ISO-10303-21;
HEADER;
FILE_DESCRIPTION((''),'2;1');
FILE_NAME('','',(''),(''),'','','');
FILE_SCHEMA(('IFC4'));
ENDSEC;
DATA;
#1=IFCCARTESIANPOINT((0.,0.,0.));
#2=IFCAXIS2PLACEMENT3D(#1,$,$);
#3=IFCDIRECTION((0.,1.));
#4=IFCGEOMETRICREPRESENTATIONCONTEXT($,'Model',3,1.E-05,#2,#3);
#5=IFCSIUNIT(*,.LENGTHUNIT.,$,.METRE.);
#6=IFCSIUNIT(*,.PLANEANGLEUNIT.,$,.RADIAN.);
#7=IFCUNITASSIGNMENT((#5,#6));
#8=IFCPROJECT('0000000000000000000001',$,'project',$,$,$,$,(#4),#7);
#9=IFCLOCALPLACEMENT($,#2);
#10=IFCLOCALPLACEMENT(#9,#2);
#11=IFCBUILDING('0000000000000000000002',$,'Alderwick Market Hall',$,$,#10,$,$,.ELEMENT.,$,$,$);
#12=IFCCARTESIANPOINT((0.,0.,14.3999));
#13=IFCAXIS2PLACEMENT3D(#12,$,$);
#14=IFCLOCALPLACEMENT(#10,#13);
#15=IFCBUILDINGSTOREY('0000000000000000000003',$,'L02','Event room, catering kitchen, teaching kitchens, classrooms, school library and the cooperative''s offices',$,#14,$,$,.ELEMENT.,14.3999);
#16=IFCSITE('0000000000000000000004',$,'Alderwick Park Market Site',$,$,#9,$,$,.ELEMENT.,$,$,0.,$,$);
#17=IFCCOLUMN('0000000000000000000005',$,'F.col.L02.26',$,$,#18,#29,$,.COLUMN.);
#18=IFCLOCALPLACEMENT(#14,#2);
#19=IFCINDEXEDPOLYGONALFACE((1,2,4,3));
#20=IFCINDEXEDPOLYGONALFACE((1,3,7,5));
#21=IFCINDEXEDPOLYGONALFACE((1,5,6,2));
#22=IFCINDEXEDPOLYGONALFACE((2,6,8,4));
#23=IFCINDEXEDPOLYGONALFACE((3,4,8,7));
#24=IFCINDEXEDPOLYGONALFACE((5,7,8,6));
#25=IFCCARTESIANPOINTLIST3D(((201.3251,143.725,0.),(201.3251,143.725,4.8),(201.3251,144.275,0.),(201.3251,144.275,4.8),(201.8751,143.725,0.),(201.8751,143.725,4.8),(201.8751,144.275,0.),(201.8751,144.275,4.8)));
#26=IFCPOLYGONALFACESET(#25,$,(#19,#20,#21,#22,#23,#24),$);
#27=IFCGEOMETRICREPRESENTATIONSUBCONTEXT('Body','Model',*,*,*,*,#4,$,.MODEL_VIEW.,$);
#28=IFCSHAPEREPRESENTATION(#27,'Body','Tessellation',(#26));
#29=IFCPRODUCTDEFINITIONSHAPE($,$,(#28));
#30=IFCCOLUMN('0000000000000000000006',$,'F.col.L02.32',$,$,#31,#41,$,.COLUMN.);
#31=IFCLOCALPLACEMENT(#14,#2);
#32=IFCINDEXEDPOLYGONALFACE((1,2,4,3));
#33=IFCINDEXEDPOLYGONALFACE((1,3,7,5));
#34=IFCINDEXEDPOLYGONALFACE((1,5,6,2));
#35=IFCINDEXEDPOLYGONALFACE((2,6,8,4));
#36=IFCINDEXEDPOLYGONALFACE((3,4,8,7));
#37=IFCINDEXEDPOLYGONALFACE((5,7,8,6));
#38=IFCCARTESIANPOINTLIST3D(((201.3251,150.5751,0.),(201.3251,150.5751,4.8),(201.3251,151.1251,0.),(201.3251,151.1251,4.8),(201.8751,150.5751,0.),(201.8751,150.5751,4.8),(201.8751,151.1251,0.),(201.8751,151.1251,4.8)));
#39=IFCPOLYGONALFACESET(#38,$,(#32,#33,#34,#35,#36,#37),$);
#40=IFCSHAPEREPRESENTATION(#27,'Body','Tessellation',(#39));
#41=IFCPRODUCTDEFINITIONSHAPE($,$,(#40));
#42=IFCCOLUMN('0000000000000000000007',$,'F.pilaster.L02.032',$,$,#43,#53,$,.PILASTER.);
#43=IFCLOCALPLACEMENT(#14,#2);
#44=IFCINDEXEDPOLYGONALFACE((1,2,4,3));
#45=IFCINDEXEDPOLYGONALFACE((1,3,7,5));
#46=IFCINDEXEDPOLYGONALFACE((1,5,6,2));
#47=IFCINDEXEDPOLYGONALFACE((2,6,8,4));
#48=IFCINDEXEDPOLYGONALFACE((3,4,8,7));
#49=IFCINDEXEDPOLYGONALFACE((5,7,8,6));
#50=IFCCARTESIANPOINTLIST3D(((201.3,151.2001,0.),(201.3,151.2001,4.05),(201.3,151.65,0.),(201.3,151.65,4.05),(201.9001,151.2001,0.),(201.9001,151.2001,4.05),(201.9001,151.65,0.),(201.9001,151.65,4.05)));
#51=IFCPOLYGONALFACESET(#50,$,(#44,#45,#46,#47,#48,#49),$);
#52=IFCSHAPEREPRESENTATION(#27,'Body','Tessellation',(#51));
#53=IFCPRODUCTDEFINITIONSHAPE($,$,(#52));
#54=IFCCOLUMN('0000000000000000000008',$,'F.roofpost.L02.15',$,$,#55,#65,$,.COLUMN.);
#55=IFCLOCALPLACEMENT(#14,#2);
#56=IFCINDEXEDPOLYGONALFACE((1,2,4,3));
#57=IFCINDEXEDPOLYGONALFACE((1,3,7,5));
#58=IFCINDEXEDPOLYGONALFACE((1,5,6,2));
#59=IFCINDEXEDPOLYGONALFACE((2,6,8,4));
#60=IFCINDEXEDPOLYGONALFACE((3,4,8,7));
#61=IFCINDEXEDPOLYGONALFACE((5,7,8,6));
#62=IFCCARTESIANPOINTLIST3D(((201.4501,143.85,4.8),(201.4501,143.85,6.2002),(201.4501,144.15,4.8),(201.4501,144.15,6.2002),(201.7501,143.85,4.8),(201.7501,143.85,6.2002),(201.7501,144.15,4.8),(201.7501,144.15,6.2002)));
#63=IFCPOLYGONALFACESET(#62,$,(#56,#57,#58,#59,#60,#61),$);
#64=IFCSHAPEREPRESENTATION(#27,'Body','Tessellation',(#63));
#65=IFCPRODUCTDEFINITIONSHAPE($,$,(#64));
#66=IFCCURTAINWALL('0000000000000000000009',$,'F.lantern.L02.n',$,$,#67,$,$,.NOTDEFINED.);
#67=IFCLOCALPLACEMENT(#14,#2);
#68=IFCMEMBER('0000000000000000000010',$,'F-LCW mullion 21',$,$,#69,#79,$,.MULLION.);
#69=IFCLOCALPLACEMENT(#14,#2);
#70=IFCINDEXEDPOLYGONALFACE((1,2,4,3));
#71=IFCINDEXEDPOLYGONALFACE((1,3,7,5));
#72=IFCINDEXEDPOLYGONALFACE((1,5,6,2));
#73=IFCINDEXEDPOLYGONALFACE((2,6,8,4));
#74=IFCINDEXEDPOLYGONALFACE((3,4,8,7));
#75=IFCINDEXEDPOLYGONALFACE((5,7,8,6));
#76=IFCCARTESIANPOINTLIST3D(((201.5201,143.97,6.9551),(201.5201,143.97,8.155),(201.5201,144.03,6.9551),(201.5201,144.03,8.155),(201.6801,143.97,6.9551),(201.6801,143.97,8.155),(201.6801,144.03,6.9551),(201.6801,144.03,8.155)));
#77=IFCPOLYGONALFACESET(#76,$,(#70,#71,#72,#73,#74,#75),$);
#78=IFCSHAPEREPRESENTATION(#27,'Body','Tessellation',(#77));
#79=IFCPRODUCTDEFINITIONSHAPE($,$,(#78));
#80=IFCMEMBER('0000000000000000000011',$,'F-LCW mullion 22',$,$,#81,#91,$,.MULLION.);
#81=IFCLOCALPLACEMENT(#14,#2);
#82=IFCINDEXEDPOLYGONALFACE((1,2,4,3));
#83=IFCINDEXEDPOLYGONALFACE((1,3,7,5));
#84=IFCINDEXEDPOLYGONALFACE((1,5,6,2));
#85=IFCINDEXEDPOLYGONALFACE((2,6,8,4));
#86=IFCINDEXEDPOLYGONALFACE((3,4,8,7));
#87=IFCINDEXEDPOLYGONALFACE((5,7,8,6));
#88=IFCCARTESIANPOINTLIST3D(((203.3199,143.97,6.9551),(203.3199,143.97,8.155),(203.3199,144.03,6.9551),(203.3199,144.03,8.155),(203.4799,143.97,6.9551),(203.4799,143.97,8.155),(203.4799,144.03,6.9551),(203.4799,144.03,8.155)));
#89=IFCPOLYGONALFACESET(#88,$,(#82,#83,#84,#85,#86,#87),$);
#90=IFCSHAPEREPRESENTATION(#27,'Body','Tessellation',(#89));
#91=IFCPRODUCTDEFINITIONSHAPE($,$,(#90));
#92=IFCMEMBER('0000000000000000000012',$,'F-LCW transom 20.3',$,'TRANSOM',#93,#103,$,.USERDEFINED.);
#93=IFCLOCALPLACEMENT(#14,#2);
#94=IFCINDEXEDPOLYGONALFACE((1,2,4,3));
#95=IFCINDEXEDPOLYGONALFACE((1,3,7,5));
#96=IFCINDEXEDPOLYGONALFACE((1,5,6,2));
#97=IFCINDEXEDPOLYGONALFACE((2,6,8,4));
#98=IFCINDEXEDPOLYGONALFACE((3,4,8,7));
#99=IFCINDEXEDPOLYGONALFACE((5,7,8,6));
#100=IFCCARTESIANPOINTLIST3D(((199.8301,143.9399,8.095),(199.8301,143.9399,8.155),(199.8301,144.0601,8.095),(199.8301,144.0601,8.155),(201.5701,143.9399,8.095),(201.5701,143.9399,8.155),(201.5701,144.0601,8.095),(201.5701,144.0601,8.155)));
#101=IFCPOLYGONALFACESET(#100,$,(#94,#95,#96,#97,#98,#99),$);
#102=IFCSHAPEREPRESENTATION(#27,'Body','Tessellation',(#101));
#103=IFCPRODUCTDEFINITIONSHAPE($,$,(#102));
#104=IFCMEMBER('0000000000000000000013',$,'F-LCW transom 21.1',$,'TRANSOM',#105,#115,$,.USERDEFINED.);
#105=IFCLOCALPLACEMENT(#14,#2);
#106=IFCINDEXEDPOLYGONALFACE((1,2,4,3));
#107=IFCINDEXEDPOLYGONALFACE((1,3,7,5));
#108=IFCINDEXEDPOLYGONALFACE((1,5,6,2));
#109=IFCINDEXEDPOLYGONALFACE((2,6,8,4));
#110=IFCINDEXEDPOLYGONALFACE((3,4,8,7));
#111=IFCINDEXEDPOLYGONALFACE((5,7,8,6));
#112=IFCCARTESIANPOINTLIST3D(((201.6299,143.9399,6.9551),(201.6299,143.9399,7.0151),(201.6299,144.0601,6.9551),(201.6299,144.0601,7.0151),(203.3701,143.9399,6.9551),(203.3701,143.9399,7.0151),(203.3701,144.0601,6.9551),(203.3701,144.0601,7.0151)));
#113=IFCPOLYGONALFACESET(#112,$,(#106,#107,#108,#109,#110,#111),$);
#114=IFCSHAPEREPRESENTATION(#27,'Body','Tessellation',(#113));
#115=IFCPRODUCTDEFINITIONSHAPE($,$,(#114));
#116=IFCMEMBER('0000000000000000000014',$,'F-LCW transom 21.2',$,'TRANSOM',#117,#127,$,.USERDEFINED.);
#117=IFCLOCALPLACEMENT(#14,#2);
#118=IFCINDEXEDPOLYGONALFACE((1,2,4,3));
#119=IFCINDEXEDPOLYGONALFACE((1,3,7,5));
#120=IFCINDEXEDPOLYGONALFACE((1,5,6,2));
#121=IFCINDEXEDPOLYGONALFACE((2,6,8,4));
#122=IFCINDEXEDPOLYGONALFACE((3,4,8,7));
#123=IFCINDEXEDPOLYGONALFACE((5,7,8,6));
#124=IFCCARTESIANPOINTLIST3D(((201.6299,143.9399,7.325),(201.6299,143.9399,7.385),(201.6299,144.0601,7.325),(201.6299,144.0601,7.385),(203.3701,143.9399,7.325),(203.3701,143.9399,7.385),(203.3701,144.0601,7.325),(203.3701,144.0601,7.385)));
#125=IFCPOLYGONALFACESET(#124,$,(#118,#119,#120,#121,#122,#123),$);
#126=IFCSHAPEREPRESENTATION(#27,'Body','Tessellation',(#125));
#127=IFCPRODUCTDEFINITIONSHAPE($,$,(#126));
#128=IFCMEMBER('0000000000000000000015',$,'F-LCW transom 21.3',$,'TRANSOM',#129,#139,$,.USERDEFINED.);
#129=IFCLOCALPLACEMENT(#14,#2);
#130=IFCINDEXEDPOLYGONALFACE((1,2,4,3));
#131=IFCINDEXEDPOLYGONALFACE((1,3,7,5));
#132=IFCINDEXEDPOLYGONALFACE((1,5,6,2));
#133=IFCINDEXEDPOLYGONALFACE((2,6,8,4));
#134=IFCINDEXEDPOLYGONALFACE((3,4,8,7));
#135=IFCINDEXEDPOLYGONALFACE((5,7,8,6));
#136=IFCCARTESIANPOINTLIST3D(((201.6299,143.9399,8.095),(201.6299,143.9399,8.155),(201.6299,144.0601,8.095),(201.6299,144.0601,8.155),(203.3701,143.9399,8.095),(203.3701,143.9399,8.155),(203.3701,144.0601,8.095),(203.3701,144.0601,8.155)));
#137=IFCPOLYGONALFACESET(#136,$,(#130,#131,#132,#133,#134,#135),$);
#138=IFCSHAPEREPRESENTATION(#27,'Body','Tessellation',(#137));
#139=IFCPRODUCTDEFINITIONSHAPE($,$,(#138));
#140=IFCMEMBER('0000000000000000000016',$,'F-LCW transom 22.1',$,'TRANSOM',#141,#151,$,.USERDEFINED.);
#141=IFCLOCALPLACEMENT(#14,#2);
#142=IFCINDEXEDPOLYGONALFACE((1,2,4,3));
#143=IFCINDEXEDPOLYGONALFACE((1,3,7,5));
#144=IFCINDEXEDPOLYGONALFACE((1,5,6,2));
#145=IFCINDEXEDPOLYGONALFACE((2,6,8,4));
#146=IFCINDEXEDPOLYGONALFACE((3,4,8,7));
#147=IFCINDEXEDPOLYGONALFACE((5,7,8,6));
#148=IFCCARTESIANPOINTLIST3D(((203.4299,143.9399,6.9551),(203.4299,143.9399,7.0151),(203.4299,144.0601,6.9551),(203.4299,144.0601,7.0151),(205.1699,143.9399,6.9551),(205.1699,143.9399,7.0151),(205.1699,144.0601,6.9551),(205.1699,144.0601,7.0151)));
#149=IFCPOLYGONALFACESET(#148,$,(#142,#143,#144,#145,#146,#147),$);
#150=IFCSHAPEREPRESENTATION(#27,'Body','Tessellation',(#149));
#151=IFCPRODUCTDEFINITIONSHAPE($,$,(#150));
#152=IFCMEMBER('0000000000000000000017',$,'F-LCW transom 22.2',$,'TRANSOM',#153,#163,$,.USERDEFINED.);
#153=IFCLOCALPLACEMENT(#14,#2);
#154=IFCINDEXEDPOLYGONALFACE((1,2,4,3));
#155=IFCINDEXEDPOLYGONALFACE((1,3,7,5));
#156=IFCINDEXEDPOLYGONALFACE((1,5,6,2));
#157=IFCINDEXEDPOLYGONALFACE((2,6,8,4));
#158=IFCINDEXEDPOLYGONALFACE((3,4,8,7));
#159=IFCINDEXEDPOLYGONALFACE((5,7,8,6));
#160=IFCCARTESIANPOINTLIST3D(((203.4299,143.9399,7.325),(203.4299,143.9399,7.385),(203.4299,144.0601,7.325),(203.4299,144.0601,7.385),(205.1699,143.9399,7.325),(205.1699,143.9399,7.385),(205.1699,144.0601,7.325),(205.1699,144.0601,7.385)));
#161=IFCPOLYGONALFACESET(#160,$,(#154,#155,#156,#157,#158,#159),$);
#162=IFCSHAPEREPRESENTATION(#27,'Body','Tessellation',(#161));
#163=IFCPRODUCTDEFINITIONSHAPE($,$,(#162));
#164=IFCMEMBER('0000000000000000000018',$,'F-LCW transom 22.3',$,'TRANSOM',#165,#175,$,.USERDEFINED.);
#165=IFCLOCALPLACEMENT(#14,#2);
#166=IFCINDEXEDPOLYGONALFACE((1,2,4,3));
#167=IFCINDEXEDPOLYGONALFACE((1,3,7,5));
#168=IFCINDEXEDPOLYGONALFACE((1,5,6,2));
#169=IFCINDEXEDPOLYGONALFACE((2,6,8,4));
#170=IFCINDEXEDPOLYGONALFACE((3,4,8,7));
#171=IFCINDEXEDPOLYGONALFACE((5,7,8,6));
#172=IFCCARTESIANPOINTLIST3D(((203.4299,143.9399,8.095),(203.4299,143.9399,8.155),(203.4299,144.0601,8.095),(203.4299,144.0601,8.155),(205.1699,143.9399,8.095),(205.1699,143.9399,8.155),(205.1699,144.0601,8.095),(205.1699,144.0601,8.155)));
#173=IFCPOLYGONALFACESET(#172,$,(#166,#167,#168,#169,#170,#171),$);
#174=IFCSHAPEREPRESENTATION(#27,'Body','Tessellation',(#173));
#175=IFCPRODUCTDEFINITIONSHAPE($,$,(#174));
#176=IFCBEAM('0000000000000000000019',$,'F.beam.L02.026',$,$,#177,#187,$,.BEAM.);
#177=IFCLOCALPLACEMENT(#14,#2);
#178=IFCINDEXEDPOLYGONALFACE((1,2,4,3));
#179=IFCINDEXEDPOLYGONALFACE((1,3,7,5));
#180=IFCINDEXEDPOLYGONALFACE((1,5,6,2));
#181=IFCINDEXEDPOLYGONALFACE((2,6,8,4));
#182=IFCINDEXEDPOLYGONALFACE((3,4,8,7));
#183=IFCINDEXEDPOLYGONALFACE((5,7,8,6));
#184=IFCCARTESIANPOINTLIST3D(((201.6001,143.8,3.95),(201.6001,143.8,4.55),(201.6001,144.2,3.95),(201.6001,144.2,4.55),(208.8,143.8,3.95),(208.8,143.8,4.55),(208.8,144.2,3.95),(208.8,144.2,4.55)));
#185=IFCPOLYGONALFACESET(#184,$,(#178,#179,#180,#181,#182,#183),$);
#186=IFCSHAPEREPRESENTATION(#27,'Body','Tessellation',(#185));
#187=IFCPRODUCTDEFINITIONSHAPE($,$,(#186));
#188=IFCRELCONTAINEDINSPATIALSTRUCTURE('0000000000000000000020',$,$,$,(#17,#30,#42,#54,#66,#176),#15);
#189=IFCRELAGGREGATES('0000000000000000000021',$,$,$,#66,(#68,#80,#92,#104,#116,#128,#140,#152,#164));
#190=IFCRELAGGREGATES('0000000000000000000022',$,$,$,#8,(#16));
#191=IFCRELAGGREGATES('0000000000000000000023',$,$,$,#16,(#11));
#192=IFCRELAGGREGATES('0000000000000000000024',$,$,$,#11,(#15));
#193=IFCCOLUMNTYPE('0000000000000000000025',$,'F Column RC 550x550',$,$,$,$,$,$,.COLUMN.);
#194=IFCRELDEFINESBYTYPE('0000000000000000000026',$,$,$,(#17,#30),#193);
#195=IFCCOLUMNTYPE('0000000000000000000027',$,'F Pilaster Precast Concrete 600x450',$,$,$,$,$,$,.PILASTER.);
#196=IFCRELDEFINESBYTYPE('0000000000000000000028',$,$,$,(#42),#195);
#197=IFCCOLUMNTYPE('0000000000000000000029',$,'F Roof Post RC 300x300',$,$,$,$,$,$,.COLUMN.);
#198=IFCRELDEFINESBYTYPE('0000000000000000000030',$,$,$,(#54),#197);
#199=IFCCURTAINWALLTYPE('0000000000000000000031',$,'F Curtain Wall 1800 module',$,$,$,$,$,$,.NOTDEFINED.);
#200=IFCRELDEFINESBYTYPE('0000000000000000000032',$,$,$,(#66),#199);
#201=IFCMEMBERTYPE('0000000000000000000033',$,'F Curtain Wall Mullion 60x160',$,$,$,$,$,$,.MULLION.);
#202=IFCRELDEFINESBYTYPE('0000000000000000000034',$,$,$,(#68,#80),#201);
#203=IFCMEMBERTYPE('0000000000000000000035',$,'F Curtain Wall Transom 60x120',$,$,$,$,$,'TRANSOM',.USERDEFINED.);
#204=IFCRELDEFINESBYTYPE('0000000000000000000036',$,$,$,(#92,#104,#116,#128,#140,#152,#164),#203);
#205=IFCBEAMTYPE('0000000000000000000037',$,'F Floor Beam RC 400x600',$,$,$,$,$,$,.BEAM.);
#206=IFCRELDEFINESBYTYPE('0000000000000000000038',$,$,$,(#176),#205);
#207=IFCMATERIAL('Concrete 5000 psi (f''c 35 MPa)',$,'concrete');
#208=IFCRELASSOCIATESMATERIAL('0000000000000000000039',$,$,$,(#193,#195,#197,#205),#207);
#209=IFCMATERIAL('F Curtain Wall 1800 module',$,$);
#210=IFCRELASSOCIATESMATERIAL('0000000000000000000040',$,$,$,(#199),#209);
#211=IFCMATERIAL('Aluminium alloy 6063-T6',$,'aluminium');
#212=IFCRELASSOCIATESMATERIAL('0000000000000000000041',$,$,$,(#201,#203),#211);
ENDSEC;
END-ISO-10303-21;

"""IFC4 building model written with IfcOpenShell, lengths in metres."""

from ifc_helpers import new_model, si_unit, direction, frame, origin, origin_2d, place, context, subcontext, project, spatial, rectangle, extrude, material, material_profile, profile_set, type_object, element, aggregate, save


model = new_model("IFC4")

# Units and contexts
model_context = context("Model", 3, precision=1e-05, world=origin(), true_north=direction((0.0, 1.0)))
body_context = subcontext(model_context, "Body", "Model", "MODEL_VIEW")
ifc_project = project(units=[si_unit("LENGTHUNIT", "METRE"), si_unit("PLANEANGLEUNIT", "RADIAN")], contexts=[model_context])

# Site, building, storey
site_placement = place(None, origin())
site = spatial("IfcSite", under=ifc_project, at=site_placement, Name="Alderwick Park Market Site", CompositionType="ELEMENT", RefElevation=0.0)
building_placement = place(site_placement, origin())
building = spatial("IfcBuilding", under=site, at=building_placement, Name="Alderwick Market Hall", CompositionType="ELEMENT")
storey_placement = place(building_placement, frame((0.0, 0.0, 14.3999)))
storey = spatial("IfcBuildingStorey", under=building, at=storey_placement, Name="L02", Description="Event room, catering kitchen, teaching kitchens, classrooms, school library and the cooperative's offices", CompositionType="ELEMENT", Elevation=14.3999)

# Columns
ifc_material_1 = material(Name="Concrete 5000 psi (f'c 35 MPa)", Category="concrete")
ifc_material_profile_1 = material_profile(ifc_material_1, rectangle(XDim=0.55, YDim=0.55, at=origin_2d()), Name="RC 550x550")
ifc_profile_set_1 = profile_set([ifc_material_profile_1], Name="Concrete 5000 psi (f'c 35 MPa)")
column_type_1 = type_object("IfcColumnType", Name="F Column RC 550x550", PredefinedType="COLUMN", material=ifc_profile_set_1)
for number, where, z_axis, x_axis, name in (
    (1, (201.6001, 144.0, 0.0), (0.0, 0.0, 1.0), (1.0, 0.0, 0.0), "F.col.L02.26"),
    (2, (201.6001, 150.8501, 0.0), (0.0, 0.0, 1.0), (1.0, 0.0, 0.0), "F.col.L02.32"),
):
    element("IfcColumn", number, at=place(storey_placement, frame(where, z_axis=z_axis, x_axis=x_axis)), inside=storey, type_object=column_type_1, Name=name, PredefinedType="COLUMN", context=body_context, shape_type="SweptSolid", body=[
        extrude(rectangle(XDim=0.55, YDim=0.55, at=origin_2d()), origin(), (0.0, 0.0, 1.0), 4.8),
    ])
ifc_material_profile_2 = material_profile(ifc_material_1, rectangle(XDim=0.6001, YDim=0.45, at=origin_2d()), Name="PC 600x450")
ifc_profile_set_2 = profile_set([ifc_material_profile_2], Name="Concrete 5000 psi (f'c 35 MPa)")
column_type_2 = type_object("IfcColumnType", Name="F Pilaster Precast Concrete 600x450", PredefinedType="PILASTER", material=ifc_profile_set_2)
column_1_placement = place(storey_placement, frame((201.6001, 151.425, 0.0), z_axis=(0.0, 0.0, 1.0), x_axis=(1.0, 0.0, 0.0)))
element("IfcColumn", 3, at=column_1_placement, inside=storey, type_object=column_type_2, Name="F.pilaster.L02.032", PredefinedType="PILASTER", context=body_context, shape_type="SweptSolid", body=[
    extrude(rectangle(XDim=0.6001, YDim=0.45, at=origin_2d()), origin(), (0.0, 0.0, 1.0), 4.05),
])
ifc_material_profile_3 = material_profile(ifc_material_1, rectangle(XDim=0.3, YDim=0.3, at=origin_2d()), Name="RC 300x300")
ifc_profile_set_3 = profile_set([ifc_material_profile_3], Name="Concrete 5000 psi (f'c 35 MPa)")
column_type_3 = type_object("IfcColumnType", Name="F Roof Post RC 300x300", PredefinedType="COLUMN", material=ifc_profile_set_3)
column_2_placement = place(storey_placement, frame((201.6001, 144.0, 4.8), z_axis=(0.0, 0.0, 1.0), x_axis=(1.0, 0.0, 0.0)))
element("IfcColumn", 4, at=column_2_placement, inside=storey, type_object=column_type_3, Name="F.roofpost.L02.15", PredefinedType="COLUMN", context=body_context, shape_type="SweptSolid", body=[
    extrude(rectangle(XDim=0.3, YDim=0.3, at=origin_2d()), origin(), (0.0, 0.0, 1.0), 1.4001),
])

# Curtain wall, members
ifc_material_2 = material(Name="F Curtain Wall 1800 module")
curtain_wall_type = type_object("IfcCurtainWallType", Name="F Curtain Wall 1800 module", PredefinedType="NOTDEFINED", material=ifc_material_2)
curtain_wall_placement = place(storey_placement, origin())
curtain_wall = element("IfcCurtainWall", 5, at=curtain_wall_placement, inside=storey, type_object=curtain_wall_type, Name="F.lantern.L02.n", PredefinedType="NOTDEFINED")
ifc_material_3 = material(Name="Aluminium alloy 6063-T6", Category="aluminium")
ifc_material_profile_4 = material_profile(ifc_material_3, rectangle(XDim=0.0601, YDim=0.1599, at=origin_2d()), Name="AL 60x160")
ifc_profile_set_4 = profile_set([ifc_material_profile_4], Name="Aluminium alloy 6063-T6")
member_type_1 = type_object("IfcMemberType", Name="F Curtain Wall Mullion 60x160", PredefinedType="MULLION", material=ifc_profile_set_4)
member_1_placement = place(storey_placement, frame((201.6001, 144.0, 6.9551), z_axis=(0.0, 0.0, 1.0), x_axis=(0.0, 1.0, 0.0)))
member_1 = element("IfcMember", 6, at=member_1_placement, type_object=member_type_1, Name="F-LCW mullion 21", PredefinedType="MULLION", context=body_context, shape_type="SweptSolid", body=[
    extrude(rectangle(XDim=0.0601, YDim=0.1599, at=origin_2d()), origin(), (0.0, 0.0, 1.0), 1.2),
])
member_2_placement = place(storey_placement, frame((203.3999, 144.0, 6.9551), z_axis=(0.0, 0.0, 1.0), x_axis=(0.0, 1.0, 0.0)))
member_2 = element("IfcMember", 7, at=member_2_placement, type_object=member_type_1, Name="F-LCW mullion 22", PredefinedType="MULLION", context=body_context, shape_type="SweptSolid", body=[
    extrude(rectangle(XDim=0.0601, YDim=0.1599, at=origin_2d()), origin(), (0.0, 0.0, 1.0), 1.2),
])
ifc_material_profile_5 = material_profile(ifc_material_3, rectangle(XDim=0.1201, YDim=0.0601, at=origin_2d()), Name="AL 60x120")
ifc_profile_set_5 = profile_set([ifc_material_profile_5], Name="Aluminium alloy 6063-T6")
member_type_2 = type_object("IfcMemberType", Name="F Curtain Wall Transom 60x120", ElementType="TRANSOM", PredefinedType="USERDEFINED", material=ifc_profile_set_5)
member_3_placement = place(storey_placement, frame((199.8301, 144.0, 8.125), z_axis=(1.0, 0.0, 0.0), x_axis=(0.0, 1.0, 0.0)))
member_3 = element("IfcMember", 8, at=member_3_placement, type_object=member_type_2, Name="F-LCW transom 20.3", ObjectType="TRANSOM", PredefinedType="USERDEFINED", context=body_context, shape_type="SweptSolid", body=[
    extrude(rectangle(XDim=0.1201, YDim=0.0601, at=origin_2d()), origin(), (0.0, 0.0, 1.0), 1.74),
])
member_4_placement = place(storey_placement, frame((201.6299, 144.0, 6.9851), z_axis=(1.0, 0.0, 0.0), x_axis=(0.0, 1.0, 0.0)))
member_4 = element("IfcMember", 9, at=member_4_placement, type_object=member_type_2, Name="F-LCW transom 21.1", ObjectType="TRANSOM", PredefinedType="USERDEFINED", context=body_context, shape_type="SweptSolid", body=[
    extrude(rectangle(XDim=0.1201, YDim=0.0601, at=origin_2d()), origin(), (0.0, 0.0, 1.0), 1.7402),
])
member_5_placement = place(storey_placement, frame((201.6299, 144.0, 7.355), z_axis=(1.0, 0.0, 0.0), x_axis=(0.0, 1.0, 0.0)))
member_5 = element("IfcMember", 10, at=member_5_placement, type_object=member_type_2, Name="F-LCW transom 21.2", ObjectType="TRANSOM", PredefinedType="USERDEFINED", context=body_context, shape_type="SweptSolid", body=[
    extrude(rectangle(XDim=0.1201, YDim=0.0601, at=origin_2d()), origin(), (0.0, 0.0, 1.0), 1.7402),
])
member_6_placement = place(storey_placement, frame((201.6299, 144.0, 8.125), z_axis=(1.0, 0.0, 0.0), x_axis=(0.0, 1.0, 0.0)))
member_6 = element("IfcMember", 11, at=member_6_placement, type_object=member_type_2, Name="F-LCW transom 21.3", ObjectType="TRANSOM", PredefinedType="USERDEFINED", context=body_context, shape_type="SweptSolid", body=[
    extrude(rectangle(XDim=0.1201, YDim=0.0601, at=origin_2d()), origin(), (0.0, 0.0, 1.0), 1.7402),
])
member_7_placement = place(storey_placement, frame((203.4299, 144.0, 6.9851), z_axis=(1.0, 0.0, 0.0), x_axis=(0.0, 1.0, 0.0)))
member_7 = element("IfcMember", 12, at=member_7_placement, type_object=member_type_2, Name="F-LCW transom 22.1", ObjectType="TRANSOM", PredefinedType="USERDEFINED", context=body_context, shape_type="SweptSolid", body=[
    extrude(rectangle(XDim=0.1201, YDim=0.0601, at=origin_2d()), origin(), (0.0, 0.0, 1.0), 1.74),
])
member_8_placement = place(storey_placement, frame((203.4299, 144.0, 7.355), z_axis=(1.0, 0.0, 0.0), x_axis=(0.0, 1.0, 0.0)))
member_8 = element("IfcMember", 13, at=member_8_placement, type_object=member_type_2, Name="F-LCW transom 22.2", ObjectType="TRANSOM", PredefinedType="USERDEFINED", context=body_context, shape_type="SweptSolid", body=[
    extrude(rectangle(XDim=0.1201, YDim=0.0601, at=origin_2d()), origin(), (0.0, 0.0, 1.0), 1.74),
])
member_9_placement = place(storey_placement, frame((203.4299, 144.0, 8.125), z_axis=(1.0, 0.0, 0.0), x_axis=(0.0, 1.0, 0.0)))
member_9 = element("IfcMember", 14, at=member_9_placement, type_object=member_type_2, Name="F-LCW transom 22.3", ObjectType="TRANSOM", PredefinedType="USERDEFINED", context=body_context, shape_type="SweptSolid", body=[
    extrude(rectangle(XDim=0.1201, YDim=0.0601, at=origin_2d()), origin(), (0.0, 0.0, 1.0), 1.74),
])

# Beam
ifc_material_profile_6 = material_profile(ifc_material_1, rectangle(XDim=0.3999, YDim=0.6001, at=origin_2d()), Name="RC 400x600")
ifc_profile_set_6 = profile_set([ifc_material_profile_6], Name="Concrete 5000 psi (f'c 35 MPa)")
beam_type_1 = type_object("IfcBeamType", Name="F Floor Beam RC 400x600", PredefinedType="BEAM", material=ifc_profile_set_6)
for number, where, z_axis, x_axis, name in (
    (15, (201.6001, 144.0, 4.25), (1.0, 0.0, 0.0), (0.0, 1.0, 0.0), "F.beam.L02.026"),
):
    element("IfcBeam", number, at=place(storey_placement, frame(where, z_axis=z_axis, x_axis=x_axis)), inside=storey, type_object=beam_type_1, Name=name, PredefinedType="BEAM", context=body_context, shape_type="SweptSolid", body=[
        extrude(rectangle(XDim=0.3999, YDim=0.6001, at=origin_2d()), origin(), (0.0, 0.0, 1.0), 7.2),
    ])

aggregate(curtain_wall, [member_1, member_2, member_3, member_4, member_5, member_6, member_7, member_8, member_9])

save(model, "model.ifc")
